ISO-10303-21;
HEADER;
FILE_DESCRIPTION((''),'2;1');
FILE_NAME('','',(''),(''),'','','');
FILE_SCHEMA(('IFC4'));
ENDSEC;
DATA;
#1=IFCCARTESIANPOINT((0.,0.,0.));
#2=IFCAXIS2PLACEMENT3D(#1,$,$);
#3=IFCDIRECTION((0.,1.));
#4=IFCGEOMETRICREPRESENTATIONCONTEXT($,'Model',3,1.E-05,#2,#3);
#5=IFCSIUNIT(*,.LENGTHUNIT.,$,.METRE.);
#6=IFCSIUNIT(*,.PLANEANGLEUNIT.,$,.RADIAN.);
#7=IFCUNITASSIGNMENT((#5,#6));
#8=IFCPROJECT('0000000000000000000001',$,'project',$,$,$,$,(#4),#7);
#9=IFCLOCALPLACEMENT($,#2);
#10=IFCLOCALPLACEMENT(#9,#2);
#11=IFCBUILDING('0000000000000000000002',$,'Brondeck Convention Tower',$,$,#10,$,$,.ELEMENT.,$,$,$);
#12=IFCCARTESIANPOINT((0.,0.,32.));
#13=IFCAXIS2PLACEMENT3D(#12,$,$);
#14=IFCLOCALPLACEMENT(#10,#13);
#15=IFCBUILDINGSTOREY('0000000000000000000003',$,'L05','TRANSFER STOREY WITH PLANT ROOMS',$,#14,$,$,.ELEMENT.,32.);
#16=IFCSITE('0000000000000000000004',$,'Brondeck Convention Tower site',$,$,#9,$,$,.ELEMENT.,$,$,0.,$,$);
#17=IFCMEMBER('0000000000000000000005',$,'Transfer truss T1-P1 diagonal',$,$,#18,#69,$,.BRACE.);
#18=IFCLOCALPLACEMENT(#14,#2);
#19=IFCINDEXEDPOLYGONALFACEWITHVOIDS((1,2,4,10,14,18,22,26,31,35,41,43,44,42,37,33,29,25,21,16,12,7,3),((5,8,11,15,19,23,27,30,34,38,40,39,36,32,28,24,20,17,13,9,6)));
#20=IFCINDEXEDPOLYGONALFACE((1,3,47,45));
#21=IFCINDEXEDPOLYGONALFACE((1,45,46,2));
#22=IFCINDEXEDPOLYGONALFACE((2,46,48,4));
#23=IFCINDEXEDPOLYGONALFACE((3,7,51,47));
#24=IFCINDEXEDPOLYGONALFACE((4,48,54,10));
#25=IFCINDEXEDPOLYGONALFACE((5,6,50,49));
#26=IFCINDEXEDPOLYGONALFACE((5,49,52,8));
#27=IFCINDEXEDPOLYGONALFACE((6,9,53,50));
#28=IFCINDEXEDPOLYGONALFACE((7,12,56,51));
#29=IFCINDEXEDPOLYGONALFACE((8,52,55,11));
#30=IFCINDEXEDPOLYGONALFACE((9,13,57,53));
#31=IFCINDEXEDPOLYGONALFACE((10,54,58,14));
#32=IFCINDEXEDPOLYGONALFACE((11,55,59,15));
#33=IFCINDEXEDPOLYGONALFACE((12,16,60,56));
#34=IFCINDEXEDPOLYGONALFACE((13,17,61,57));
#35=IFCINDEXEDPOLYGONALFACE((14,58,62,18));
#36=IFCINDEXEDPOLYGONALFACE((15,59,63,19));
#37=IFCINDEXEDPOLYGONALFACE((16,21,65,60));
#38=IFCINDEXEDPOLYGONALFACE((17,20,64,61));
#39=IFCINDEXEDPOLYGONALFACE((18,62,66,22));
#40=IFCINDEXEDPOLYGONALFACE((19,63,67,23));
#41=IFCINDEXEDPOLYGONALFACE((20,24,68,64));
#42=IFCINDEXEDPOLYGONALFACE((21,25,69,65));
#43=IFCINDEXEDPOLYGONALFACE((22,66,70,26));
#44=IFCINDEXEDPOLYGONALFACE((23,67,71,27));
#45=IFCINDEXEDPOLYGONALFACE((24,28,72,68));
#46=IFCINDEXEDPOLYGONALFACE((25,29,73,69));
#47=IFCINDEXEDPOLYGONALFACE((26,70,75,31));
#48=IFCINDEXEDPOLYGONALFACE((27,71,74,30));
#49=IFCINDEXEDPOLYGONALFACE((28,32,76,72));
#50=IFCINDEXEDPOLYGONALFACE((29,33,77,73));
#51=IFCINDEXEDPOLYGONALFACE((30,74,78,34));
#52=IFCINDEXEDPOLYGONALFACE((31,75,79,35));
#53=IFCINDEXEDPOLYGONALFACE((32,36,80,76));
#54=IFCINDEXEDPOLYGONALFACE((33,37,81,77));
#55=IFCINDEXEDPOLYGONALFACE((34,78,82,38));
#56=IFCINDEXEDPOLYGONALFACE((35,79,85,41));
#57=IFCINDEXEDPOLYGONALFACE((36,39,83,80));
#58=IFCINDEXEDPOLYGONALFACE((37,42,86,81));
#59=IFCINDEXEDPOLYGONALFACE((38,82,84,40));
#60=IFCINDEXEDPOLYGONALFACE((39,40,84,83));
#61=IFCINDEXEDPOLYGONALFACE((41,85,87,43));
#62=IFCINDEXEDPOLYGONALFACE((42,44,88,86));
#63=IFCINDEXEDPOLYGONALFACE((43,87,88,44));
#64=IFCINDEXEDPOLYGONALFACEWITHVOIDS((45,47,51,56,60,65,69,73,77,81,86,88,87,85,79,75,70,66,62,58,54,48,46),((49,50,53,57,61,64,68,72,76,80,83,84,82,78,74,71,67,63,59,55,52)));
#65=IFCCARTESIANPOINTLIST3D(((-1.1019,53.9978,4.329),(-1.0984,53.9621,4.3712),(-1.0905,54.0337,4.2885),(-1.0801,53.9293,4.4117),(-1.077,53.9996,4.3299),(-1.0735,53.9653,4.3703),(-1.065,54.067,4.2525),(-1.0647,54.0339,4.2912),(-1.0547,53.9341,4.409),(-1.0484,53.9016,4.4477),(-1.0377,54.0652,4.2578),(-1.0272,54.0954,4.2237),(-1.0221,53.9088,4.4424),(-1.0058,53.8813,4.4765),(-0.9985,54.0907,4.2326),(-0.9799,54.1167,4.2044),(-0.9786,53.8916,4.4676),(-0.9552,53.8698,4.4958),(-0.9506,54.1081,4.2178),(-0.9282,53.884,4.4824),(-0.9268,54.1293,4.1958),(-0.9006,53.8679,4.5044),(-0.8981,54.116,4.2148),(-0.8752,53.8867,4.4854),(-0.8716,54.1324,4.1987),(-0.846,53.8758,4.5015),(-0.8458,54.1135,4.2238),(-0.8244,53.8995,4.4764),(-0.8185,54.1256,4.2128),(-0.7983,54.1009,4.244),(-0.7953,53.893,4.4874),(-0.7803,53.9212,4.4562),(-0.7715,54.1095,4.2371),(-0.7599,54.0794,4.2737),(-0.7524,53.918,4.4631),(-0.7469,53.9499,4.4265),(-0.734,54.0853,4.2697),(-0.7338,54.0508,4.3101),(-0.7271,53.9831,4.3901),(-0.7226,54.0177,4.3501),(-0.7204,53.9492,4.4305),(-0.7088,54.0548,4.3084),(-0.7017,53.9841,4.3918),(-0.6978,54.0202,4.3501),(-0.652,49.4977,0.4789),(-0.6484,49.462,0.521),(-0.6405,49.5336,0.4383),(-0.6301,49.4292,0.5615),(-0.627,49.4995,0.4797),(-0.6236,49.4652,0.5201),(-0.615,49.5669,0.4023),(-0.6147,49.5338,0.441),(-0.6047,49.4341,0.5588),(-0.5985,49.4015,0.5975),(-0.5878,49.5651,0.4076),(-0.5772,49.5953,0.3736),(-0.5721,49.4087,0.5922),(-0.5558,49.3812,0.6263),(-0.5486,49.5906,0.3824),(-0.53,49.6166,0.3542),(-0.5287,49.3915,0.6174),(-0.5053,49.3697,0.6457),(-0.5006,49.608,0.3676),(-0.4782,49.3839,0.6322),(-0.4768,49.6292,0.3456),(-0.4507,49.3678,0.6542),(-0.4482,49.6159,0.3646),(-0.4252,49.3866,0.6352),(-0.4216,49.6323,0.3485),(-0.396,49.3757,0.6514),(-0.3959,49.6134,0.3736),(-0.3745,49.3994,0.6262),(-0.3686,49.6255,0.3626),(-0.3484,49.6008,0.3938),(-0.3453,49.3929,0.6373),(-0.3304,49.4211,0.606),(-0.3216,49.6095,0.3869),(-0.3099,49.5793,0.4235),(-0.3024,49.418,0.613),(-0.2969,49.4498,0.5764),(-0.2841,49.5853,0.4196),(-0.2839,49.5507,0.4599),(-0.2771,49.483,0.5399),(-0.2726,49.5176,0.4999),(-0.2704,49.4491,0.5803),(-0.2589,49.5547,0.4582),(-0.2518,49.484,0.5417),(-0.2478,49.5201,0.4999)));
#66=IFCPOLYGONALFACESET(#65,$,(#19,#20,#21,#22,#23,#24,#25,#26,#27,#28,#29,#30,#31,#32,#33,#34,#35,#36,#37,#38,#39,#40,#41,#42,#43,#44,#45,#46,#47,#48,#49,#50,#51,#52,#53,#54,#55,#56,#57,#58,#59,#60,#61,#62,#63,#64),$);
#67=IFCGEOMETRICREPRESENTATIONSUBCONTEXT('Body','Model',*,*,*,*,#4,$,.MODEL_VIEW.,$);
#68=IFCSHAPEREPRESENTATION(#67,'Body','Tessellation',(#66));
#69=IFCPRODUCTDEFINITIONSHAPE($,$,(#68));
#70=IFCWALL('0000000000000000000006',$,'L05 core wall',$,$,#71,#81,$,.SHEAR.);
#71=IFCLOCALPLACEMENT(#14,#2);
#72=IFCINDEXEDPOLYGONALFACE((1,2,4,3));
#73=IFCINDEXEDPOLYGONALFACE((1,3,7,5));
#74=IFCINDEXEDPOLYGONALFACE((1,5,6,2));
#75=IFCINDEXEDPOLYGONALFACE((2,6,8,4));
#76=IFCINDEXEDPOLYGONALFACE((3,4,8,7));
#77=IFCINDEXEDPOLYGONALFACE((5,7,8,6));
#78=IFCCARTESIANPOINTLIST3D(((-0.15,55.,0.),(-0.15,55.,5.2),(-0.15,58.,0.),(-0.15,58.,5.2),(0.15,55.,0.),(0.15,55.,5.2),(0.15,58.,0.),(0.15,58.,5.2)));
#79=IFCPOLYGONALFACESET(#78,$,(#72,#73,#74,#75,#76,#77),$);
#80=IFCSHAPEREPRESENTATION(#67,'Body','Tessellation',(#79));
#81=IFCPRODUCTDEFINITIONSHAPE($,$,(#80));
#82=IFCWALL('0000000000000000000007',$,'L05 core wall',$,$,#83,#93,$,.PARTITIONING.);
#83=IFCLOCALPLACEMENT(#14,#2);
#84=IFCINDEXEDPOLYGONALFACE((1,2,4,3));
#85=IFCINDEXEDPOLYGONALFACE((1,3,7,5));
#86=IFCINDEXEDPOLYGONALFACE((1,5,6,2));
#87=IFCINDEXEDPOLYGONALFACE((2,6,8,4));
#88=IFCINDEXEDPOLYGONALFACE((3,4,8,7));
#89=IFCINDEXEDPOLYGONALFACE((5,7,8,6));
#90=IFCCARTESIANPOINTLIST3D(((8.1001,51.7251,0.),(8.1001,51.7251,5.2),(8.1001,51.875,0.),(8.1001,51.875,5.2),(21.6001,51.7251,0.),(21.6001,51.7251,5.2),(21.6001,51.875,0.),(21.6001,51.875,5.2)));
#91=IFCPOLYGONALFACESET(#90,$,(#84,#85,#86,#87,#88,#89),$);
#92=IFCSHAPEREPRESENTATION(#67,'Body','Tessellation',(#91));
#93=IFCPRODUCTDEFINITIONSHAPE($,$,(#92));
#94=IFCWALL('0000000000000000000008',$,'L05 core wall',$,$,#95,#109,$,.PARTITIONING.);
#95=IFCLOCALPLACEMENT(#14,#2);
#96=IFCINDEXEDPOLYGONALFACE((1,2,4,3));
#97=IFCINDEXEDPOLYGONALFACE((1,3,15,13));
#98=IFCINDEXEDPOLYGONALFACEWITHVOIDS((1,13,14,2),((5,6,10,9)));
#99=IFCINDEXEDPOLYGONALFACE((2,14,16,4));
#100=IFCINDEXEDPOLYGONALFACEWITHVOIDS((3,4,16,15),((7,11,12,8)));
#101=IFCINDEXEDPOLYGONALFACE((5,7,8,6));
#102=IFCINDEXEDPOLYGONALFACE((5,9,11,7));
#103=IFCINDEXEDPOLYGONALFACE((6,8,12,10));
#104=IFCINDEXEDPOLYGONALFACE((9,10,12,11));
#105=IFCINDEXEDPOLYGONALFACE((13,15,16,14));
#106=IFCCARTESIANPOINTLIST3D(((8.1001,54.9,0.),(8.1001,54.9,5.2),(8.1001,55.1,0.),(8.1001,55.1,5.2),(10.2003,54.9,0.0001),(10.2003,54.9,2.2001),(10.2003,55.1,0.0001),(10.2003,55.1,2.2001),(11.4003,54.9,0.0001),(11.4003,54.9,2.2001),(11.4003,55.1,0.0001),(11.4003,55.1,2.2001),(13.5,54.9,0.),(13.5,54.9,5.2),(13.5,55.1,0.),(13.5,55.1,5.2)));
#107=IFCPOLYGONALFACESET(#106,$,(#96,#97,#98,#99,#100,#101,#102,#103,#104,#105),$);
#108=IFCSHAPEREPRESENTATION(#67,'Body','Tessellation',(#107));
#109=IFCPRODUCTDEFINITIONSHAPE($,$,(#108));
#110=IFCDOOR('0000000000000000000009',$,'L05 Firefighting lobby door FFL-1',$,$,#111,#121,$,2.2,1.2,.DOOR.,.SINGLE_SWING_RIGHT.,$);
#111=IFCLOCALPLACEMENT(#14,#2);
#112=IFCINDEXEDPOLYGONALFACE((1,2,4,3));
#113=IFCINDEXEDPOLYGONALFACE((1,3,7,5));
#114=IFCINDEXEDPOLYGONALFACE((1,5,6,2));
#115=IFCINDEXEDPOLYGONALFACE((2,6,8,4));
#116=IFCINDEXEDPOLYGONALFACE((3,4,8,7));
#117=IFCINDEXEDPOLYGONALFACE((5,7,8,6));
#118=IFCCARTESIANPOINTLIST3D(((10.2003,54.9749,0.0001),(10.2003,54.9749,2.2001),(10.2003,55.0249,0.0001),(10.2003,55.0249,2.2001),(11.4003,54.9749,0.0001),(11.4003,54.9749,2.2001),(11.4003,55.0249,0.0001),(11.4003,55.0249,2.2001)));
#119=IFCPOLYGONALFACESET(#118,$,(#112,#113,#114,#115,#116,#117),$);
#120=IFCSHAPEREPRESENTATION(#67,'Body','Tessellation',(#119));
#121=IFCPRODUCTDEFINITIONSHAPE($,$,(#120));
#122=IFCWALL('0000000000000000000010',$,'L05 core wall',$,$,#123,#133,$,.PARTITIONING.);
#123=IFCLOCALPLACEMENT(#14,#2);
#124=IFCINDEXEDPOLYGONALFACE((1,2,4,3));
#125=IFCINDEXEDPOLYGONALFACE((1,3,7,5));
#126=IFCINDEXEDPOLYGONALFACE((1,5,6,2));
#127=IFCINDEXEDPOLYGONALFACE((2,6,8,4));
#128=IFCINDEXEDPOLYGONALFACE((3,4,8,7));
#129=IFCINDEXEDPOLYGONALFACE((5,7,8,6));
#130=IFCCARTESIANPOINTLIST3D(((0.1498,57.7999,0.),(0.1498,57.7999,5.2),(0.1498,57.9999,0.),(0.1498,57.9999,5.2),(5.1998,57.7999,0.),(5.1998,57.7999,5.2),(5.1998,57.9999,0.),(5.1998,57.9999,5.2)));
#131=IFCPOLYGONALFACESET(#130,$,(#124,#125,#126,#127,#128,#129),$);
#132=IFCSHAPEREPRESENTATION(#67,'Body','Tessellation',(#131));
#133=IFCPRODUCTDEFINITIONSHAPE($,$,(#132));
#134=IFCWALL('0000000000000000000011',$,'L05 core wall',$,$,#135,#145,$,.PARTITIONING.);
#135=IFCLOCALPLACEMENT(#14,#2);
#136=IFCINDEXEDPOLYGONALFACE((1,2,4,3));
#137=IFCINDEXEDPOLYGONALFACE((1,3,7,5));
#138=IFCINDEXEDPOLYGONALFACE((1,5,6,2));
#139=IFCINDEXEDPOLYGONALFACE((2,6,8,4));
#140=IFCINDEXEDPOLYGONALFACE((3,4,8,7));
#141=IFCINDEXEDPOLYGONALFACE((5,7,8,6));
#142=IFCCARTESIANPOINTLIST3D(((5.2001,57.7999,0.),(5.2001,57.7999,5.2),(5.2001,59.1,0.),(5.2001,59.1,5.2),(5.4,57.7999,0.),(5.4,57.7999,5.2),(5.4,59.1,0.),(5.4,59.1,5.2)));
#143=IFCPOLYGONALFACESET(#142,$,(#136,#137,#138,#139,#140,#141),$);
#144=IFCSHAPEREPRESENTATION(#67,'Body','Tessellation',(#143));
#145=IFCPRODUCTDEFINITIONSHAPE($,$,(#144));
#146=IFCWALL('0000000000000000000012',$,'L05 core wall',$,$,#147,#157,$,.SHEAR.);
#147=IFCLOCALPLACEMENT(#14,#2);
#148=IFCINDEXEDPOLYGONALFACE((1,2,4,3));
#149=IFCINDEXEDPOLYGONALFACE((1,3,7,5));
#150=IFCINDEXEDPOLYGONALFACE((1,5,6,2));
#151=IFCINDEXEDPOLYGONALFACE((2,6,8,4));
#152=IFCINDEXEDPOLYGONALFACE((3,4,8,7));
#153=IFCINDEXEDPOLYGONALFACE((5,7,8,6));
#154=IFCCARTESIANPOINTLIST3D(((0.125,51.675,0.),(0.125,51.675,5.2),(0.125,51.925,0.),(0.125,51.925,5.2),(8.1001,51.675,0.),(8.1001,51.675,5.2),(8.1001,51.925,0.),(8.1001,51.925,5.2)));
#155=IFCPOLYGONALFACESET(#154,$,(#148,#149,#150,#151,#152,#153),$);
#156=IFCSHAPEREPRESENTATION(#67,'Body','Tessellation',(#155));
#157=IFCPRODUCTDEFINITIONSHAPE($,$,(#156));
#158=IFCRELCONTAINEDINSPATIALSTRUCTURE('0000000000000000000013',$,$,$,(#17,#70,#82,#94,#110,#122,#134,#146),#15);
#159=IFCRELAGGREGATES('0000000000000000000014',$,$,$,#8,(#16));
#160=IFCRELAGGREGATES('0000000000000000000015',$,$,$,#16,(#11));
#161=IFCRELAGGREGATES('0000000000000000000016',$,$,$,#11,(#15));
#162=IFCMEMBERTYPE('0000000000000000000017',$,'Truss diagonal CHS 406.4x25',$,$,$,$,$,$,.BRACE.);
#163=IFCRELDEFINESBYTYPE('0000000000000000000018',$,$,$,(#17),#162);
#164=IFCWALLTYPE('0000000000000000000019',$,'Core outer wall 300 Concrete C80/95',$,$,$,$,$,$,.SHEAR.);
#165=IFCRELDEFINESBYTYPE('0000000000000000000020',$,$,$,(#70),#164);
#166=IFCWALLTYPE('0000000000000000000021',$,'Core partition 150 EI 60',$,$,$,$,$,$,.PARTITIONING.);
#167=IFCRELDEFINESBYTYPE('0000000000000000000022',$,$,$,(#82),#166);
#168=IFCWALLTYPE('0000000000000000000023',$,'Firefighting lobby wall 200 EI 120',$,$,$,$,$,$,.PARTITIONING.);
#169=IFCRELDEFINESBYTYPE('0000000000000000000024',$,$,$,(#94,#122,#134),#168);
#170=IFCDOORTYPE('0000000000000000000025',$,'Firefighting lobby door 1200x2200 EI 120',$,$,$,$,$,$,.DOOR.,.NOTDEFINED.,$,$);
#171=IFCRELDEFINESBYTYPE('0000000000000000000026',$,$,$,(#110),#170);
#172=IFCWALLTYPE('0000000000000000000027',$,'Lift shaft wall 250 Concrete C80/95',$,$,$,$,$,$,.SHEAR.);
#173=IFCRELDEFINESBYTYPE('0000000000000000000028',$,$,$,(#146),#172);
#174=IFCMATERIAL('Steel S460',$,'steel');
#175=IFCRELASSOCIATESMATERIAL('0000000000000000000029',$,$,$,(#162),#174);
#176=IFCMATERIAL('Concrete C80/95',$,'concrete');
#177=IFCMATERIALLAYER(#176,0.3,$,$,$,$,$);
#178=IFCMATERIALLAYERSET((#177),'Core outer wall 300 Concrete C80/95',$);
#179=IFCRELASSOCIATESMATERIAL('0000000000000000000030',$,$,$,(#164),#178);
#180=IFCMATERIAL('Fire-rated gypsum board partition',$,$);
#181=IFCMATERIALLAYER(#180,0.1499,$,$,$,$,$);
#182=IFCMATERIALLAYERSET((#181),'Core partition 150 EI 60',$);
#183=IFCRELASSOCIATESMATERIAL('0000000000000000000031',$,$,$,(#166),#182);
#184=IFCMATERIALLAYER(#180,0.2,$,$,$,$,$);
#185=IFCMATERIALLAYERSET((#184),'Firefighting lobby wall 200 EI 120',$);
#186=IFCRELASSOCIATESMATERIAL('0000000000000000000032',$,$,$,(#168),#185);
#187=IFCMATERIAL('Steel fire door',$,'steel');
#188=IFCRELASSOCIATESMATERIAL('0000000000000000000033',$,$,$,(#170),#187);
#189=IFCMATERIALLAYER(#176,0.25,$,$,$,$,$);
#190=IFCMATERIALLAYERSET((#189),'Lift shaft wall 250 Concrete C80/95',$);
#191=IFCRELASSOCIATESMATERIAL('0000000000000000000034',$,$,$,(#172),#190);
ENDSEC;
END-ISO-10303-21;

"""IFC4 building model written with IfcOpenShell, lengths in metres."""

from ifc_helpers import new_model, si_unit, direction, frame, frame_2d, origin, origin_2d, place, context, subcontext, project, spatial, rectangle, hollow_circle, extrude, material, layer, layer_set, material_profile, profile_set, type_object, element, fill, save


model = new_model("IFC4")

# Units and contexts
model_context = context("Model", 3, precision=1e-05, world=origin(), true_north=direction((0.0, 1.0)))
body_context = subcontext(model_context, "Body", "Model", "MODEL_VIEW")
ifc_project = project(units=[si_unit("LENGTHUNIT", "METRE"), si_unit("PLANEANGLEUNIT", "RADIAN")], contexts=[model_context])

# Site, building, storey
site_placement = place(None, origin())
site = spatial("IfcSite", under=ifc_project, at=site_placement, Name="Brondeck Convention Tower site", CompositionType="ELEMENT", RefElevation=0.0)
building_placement = place(site_placement, origin())
building = spatial("IfcBuilding", under=site, at=building_placement, Name="Brondeck Convention Tower", CompositionType="ELEMENT")
storey_placement = place(building_placement, frame((0.0, 0.0, 32.0)))
storey = spatial("IfcBuildingStorey", under=building, at=storey_placement, Name="L05", Description="TRANSFER STOREY WITH PLANT ROOMS", CompositionType="ELEMENT", Elevation=32.0)

# Shared definitions
ifc_material_1 = material(Name="Steel S460", Category="steel")

# Shared definitions
ifc_material_2 = material(Name="Concrete C80/95", Category="concrete")

# Member
ifc_material_profile_1 = material_profile(ifc_material_1, hollow_circle(Radius=0.2031, WallThickness=0.0249, at=origin_2d()), Name="CHS 406.4x25")
ifc_profile_set_1 = profile_set([ifc_material_profile_1], Name="Steel S460")
member_type_1 = type_object("IfcMemberType", Name="Truss diagonal CHS 406.4x25", PredefinedType="BRACE", material=ifc_profile_set_1)
for number, where, z_axis, x_axis, name in (
    (1, (-0.8999, 54.0, 4.3501), (0.075758, -0.75766, -0.648237), (0.995038, 0.099493, 0.0), "Transfer truss T1-P1 diagonal"),
):
    element("IfcMember", number, at=place(storey_placement, frame(where, z_axis=z_axis, x_axis=x_axis)), inside=storey, type_object=member_type_1, Name=name, PredefinedType="BRACE", context=body_context, shape_type="SweptSolid", body=[
        extrude(hollow_circle(Radius=0.2031, WallThickness=0.0249, at=origin_2d()), origin(), (0.0, 0.0, 1.0), 5.9395),
    ])

# Walls
ifc_layer_1 = layer(ifc_material_2, 0.3)
ifc_layer_set_1 = layer_set([ifc_layer_1], Name="Core outer wall 300 Concrete C80/95")
wall_type_1 = type_object("IfcWallType", Name="Core outer wall 300 Concrete C80/95", PredefinedType="SHEAR", material=ifc_layer_set_1)
wall_1_placement = place(storey_placement, frame((0.0, 55.0, 0.0), z_axis=(0.0, 0.0, 1.0), x_axis=(0.0, 1.0, 0.0)))
element("IfcWall", 2, at=wall_1_placement, inside=storey, type_object=wall_type_1, Name="L05 core wall", PredefinedType="SHEAR", context=body_context, shape_type="SweptSolid", body=[
    extrude(rectangle(XDim=3.0, YDim=0.3, at=frame_2d((1.5, 0.0))), origin(), (0.0, 0.0, 1.0), 5.2),
])
ifc_material_3 = material(Name="Fire-rated gypsum board partition")
ifc_layer_2 = layer(ifc_material_3, 0.1499)
ifc_layer_set_2 = layer_set([ifc_layer_2], Name="Core partition 150 EI 60")
wall_type_2 = type_object("IfcWallType", Name="Core partition 150 EI 60", PredefinedType="PARTITIONING", material=ifc_layer_set_2)
wall_2_placement = place(storey_placement, frame((8.1001, 51.8, 0.0), z_axis=(0.0, 0.0, 1.0), x_axis=(1.0, 0.0, 0.0)))
element("IfcWall", 3, at=wall_2_placement, inside=storey, type_object=wall_type_2, Name="L05 core wall", PredefinedType="PARTITIONING", context=body_context, shape_type="SweptSolid", body=[
    extrude(rectangle(XDim=13.5, YDim=0.1499, at=frame_2d((6.75, 0.0))), origin(), (0.0, 0.0, 1.0), 5.2),
])

# Wall, opening, door
ifc_layer_3 = layer(ifc_material_3, 0.2)
ifc_layer_set_3 = layer_set([ifc_layer_3], Name="Firefighting lobby wall 200 EI 120")
wall_type_3 = type_object("IfcWallType", Name="Firefighting lobby wall 200 EI 120", PredefinedType="PARTITIONING", material=ifc_layer_set_3)
wall_3_placement = place(storey_placement, frame((8.1001, 55.0, 0.0), z_axis=(0.0, 0.0, 1.0), x_axis=(1.0, 0.0, 0.0)))
wall_3 = element("IfcWall", 4, at=wall_3_placement, inside=storey, type_object=wall_type_3, Name="L05 core wall", PredefinedType="PARTITIONING", context=body_context, shape_type="SweptSolid", body=[
    extrude(rectangle(XDim=5.3999, YDim=0.2, at=frame_2d((2.7, 0.0))), origin(), (0.0, 0.0, 1.0), 5.2),
])
opening_1_placement = place(wall_3_placement, frame((2.1001, 0.0, 0.0)))
opening_1 = element("IfcOpeningElement", 5, at=opening_1_placement, cuts=wall_3, PredefinedType="OPENING", context=body_context, shape_type="SweptSolid", body=[
    extrude(rectangle(XDim=1.2, YDim=2.2, at=frame_2d((0.6001, 1.1001))), frame((0.0, 0.1099, 0.0), z_axis=(0.0, -1.0, 0.0), x_axis=(1.0, 0.0, 0.0)), (0.0, 0.0, 1.0), 0.22),
])
ifc_material_4 = material(Name="Steel fire door", Category="steel")
door_type_1 = type_object("IfcDoorType", Name="Firefighting lobby door 1200x2200 EI 120", OperationType="NOTDEFINED", PredefinedType="DOOR", material=ifc_material_4)
door_1_placement = place(opening_1_placement, origin())
door_1 = element("IfcDoor", 6, at=door_1_placement, inside=storey, type_object=door_type_1, Name="L05 Firefighting lobby door FFL-1", OperationType="SINGLE_SWING_RIGHT", OverallHeight=2.2, OverallWidth=1.2, PredefinedType="DOOR", context=body_context, shape_type="SweptSolid", body=[
    extrude(rectangle(XDim=1.2, YDim=2.2, at=frame_2d((0.6001, 1.1001))), frame((0.0, 0.0249, 0.0), z_axis=(0.0, -1.0, 0.0), x_axis=(1.0, 0.0, 0.0)), (0.0, 0.0, 1.0), 0.05),
])
fill(opening_1, door_1)

# Walls
wall_4_placement = place(storey_placement, frame((0.1499, 57.8999, 0.0), z_axis=(0.0, 0.0, 1.0), x_axis=(1.0, 0.0, 0.0)))
element("IfcWall", 7, at=wall_4_placement, inside=storey, type_object=wall_type_3, Name="L05 core wall", PredefinedType="PARTITIONING", context=body_context, shape_type="SweptSolid", body=[
    extrude(rectangle(XDim=5.05, YDim=0.2, at=frame_2d((2.5249, 0.0))), origin(), (0.0, 0.0, 1.0), 5.2),
])
wall_5_placement = place(storey_placement, frame((5.3, 57.8, 0.0), z_axis=(0.0, 0.0, 1.0), x_axis=(0.0, 1.0, 0.0)))
element("IfcWall", 8, at=wall_5_placement, inside=storey, type_object=wall_type_3, Name="L05 core wall", PredefinedType="PARTITIONING", context=body_context, shape_type="SweptSolid", body=[
    extrude(rectangle(XDim=1.3, YDim=0.2, at=frame_2d((0.6499, 0.0))), origin(), (0.0, 0.0, 1.0), 5.2),
])
ifc_layer_4 = layer(ifc_material_2, 0.25)
ifc_layer_set_4 = layer_set([ifc_layer_4], Name="Lift shaft wall 250 Concrete C80/95")
wall_type_4 = type_object("IfcWallType", Name="Lift shaft wall 250 Concrete C80/95", PredefinedType="SHEAR", material=ifc_layer_set_4)
wall_6_placement = place(storey_placement, frame((0.125, 51.8, 0.0), z_axis=(0.0, 0.0, 1.0), x_axis=(1.0, 0.0, 0.0)))
element("IfcWall", 9, at=wall_6_placement, inside=storey, type_object=wall_type_4, Name="L05 core wall", PredefinedType="SHEAR", context=body_context, shape_type="SweptSolid", body=[
    extrude(rectangle(XDim=7.9751, YDim=0.25, at=frame_2d((3.9875, 0.0))), origin(), (0.0, 0.0, 1.0), 5.2),
])

save(model, "model.ifc")
